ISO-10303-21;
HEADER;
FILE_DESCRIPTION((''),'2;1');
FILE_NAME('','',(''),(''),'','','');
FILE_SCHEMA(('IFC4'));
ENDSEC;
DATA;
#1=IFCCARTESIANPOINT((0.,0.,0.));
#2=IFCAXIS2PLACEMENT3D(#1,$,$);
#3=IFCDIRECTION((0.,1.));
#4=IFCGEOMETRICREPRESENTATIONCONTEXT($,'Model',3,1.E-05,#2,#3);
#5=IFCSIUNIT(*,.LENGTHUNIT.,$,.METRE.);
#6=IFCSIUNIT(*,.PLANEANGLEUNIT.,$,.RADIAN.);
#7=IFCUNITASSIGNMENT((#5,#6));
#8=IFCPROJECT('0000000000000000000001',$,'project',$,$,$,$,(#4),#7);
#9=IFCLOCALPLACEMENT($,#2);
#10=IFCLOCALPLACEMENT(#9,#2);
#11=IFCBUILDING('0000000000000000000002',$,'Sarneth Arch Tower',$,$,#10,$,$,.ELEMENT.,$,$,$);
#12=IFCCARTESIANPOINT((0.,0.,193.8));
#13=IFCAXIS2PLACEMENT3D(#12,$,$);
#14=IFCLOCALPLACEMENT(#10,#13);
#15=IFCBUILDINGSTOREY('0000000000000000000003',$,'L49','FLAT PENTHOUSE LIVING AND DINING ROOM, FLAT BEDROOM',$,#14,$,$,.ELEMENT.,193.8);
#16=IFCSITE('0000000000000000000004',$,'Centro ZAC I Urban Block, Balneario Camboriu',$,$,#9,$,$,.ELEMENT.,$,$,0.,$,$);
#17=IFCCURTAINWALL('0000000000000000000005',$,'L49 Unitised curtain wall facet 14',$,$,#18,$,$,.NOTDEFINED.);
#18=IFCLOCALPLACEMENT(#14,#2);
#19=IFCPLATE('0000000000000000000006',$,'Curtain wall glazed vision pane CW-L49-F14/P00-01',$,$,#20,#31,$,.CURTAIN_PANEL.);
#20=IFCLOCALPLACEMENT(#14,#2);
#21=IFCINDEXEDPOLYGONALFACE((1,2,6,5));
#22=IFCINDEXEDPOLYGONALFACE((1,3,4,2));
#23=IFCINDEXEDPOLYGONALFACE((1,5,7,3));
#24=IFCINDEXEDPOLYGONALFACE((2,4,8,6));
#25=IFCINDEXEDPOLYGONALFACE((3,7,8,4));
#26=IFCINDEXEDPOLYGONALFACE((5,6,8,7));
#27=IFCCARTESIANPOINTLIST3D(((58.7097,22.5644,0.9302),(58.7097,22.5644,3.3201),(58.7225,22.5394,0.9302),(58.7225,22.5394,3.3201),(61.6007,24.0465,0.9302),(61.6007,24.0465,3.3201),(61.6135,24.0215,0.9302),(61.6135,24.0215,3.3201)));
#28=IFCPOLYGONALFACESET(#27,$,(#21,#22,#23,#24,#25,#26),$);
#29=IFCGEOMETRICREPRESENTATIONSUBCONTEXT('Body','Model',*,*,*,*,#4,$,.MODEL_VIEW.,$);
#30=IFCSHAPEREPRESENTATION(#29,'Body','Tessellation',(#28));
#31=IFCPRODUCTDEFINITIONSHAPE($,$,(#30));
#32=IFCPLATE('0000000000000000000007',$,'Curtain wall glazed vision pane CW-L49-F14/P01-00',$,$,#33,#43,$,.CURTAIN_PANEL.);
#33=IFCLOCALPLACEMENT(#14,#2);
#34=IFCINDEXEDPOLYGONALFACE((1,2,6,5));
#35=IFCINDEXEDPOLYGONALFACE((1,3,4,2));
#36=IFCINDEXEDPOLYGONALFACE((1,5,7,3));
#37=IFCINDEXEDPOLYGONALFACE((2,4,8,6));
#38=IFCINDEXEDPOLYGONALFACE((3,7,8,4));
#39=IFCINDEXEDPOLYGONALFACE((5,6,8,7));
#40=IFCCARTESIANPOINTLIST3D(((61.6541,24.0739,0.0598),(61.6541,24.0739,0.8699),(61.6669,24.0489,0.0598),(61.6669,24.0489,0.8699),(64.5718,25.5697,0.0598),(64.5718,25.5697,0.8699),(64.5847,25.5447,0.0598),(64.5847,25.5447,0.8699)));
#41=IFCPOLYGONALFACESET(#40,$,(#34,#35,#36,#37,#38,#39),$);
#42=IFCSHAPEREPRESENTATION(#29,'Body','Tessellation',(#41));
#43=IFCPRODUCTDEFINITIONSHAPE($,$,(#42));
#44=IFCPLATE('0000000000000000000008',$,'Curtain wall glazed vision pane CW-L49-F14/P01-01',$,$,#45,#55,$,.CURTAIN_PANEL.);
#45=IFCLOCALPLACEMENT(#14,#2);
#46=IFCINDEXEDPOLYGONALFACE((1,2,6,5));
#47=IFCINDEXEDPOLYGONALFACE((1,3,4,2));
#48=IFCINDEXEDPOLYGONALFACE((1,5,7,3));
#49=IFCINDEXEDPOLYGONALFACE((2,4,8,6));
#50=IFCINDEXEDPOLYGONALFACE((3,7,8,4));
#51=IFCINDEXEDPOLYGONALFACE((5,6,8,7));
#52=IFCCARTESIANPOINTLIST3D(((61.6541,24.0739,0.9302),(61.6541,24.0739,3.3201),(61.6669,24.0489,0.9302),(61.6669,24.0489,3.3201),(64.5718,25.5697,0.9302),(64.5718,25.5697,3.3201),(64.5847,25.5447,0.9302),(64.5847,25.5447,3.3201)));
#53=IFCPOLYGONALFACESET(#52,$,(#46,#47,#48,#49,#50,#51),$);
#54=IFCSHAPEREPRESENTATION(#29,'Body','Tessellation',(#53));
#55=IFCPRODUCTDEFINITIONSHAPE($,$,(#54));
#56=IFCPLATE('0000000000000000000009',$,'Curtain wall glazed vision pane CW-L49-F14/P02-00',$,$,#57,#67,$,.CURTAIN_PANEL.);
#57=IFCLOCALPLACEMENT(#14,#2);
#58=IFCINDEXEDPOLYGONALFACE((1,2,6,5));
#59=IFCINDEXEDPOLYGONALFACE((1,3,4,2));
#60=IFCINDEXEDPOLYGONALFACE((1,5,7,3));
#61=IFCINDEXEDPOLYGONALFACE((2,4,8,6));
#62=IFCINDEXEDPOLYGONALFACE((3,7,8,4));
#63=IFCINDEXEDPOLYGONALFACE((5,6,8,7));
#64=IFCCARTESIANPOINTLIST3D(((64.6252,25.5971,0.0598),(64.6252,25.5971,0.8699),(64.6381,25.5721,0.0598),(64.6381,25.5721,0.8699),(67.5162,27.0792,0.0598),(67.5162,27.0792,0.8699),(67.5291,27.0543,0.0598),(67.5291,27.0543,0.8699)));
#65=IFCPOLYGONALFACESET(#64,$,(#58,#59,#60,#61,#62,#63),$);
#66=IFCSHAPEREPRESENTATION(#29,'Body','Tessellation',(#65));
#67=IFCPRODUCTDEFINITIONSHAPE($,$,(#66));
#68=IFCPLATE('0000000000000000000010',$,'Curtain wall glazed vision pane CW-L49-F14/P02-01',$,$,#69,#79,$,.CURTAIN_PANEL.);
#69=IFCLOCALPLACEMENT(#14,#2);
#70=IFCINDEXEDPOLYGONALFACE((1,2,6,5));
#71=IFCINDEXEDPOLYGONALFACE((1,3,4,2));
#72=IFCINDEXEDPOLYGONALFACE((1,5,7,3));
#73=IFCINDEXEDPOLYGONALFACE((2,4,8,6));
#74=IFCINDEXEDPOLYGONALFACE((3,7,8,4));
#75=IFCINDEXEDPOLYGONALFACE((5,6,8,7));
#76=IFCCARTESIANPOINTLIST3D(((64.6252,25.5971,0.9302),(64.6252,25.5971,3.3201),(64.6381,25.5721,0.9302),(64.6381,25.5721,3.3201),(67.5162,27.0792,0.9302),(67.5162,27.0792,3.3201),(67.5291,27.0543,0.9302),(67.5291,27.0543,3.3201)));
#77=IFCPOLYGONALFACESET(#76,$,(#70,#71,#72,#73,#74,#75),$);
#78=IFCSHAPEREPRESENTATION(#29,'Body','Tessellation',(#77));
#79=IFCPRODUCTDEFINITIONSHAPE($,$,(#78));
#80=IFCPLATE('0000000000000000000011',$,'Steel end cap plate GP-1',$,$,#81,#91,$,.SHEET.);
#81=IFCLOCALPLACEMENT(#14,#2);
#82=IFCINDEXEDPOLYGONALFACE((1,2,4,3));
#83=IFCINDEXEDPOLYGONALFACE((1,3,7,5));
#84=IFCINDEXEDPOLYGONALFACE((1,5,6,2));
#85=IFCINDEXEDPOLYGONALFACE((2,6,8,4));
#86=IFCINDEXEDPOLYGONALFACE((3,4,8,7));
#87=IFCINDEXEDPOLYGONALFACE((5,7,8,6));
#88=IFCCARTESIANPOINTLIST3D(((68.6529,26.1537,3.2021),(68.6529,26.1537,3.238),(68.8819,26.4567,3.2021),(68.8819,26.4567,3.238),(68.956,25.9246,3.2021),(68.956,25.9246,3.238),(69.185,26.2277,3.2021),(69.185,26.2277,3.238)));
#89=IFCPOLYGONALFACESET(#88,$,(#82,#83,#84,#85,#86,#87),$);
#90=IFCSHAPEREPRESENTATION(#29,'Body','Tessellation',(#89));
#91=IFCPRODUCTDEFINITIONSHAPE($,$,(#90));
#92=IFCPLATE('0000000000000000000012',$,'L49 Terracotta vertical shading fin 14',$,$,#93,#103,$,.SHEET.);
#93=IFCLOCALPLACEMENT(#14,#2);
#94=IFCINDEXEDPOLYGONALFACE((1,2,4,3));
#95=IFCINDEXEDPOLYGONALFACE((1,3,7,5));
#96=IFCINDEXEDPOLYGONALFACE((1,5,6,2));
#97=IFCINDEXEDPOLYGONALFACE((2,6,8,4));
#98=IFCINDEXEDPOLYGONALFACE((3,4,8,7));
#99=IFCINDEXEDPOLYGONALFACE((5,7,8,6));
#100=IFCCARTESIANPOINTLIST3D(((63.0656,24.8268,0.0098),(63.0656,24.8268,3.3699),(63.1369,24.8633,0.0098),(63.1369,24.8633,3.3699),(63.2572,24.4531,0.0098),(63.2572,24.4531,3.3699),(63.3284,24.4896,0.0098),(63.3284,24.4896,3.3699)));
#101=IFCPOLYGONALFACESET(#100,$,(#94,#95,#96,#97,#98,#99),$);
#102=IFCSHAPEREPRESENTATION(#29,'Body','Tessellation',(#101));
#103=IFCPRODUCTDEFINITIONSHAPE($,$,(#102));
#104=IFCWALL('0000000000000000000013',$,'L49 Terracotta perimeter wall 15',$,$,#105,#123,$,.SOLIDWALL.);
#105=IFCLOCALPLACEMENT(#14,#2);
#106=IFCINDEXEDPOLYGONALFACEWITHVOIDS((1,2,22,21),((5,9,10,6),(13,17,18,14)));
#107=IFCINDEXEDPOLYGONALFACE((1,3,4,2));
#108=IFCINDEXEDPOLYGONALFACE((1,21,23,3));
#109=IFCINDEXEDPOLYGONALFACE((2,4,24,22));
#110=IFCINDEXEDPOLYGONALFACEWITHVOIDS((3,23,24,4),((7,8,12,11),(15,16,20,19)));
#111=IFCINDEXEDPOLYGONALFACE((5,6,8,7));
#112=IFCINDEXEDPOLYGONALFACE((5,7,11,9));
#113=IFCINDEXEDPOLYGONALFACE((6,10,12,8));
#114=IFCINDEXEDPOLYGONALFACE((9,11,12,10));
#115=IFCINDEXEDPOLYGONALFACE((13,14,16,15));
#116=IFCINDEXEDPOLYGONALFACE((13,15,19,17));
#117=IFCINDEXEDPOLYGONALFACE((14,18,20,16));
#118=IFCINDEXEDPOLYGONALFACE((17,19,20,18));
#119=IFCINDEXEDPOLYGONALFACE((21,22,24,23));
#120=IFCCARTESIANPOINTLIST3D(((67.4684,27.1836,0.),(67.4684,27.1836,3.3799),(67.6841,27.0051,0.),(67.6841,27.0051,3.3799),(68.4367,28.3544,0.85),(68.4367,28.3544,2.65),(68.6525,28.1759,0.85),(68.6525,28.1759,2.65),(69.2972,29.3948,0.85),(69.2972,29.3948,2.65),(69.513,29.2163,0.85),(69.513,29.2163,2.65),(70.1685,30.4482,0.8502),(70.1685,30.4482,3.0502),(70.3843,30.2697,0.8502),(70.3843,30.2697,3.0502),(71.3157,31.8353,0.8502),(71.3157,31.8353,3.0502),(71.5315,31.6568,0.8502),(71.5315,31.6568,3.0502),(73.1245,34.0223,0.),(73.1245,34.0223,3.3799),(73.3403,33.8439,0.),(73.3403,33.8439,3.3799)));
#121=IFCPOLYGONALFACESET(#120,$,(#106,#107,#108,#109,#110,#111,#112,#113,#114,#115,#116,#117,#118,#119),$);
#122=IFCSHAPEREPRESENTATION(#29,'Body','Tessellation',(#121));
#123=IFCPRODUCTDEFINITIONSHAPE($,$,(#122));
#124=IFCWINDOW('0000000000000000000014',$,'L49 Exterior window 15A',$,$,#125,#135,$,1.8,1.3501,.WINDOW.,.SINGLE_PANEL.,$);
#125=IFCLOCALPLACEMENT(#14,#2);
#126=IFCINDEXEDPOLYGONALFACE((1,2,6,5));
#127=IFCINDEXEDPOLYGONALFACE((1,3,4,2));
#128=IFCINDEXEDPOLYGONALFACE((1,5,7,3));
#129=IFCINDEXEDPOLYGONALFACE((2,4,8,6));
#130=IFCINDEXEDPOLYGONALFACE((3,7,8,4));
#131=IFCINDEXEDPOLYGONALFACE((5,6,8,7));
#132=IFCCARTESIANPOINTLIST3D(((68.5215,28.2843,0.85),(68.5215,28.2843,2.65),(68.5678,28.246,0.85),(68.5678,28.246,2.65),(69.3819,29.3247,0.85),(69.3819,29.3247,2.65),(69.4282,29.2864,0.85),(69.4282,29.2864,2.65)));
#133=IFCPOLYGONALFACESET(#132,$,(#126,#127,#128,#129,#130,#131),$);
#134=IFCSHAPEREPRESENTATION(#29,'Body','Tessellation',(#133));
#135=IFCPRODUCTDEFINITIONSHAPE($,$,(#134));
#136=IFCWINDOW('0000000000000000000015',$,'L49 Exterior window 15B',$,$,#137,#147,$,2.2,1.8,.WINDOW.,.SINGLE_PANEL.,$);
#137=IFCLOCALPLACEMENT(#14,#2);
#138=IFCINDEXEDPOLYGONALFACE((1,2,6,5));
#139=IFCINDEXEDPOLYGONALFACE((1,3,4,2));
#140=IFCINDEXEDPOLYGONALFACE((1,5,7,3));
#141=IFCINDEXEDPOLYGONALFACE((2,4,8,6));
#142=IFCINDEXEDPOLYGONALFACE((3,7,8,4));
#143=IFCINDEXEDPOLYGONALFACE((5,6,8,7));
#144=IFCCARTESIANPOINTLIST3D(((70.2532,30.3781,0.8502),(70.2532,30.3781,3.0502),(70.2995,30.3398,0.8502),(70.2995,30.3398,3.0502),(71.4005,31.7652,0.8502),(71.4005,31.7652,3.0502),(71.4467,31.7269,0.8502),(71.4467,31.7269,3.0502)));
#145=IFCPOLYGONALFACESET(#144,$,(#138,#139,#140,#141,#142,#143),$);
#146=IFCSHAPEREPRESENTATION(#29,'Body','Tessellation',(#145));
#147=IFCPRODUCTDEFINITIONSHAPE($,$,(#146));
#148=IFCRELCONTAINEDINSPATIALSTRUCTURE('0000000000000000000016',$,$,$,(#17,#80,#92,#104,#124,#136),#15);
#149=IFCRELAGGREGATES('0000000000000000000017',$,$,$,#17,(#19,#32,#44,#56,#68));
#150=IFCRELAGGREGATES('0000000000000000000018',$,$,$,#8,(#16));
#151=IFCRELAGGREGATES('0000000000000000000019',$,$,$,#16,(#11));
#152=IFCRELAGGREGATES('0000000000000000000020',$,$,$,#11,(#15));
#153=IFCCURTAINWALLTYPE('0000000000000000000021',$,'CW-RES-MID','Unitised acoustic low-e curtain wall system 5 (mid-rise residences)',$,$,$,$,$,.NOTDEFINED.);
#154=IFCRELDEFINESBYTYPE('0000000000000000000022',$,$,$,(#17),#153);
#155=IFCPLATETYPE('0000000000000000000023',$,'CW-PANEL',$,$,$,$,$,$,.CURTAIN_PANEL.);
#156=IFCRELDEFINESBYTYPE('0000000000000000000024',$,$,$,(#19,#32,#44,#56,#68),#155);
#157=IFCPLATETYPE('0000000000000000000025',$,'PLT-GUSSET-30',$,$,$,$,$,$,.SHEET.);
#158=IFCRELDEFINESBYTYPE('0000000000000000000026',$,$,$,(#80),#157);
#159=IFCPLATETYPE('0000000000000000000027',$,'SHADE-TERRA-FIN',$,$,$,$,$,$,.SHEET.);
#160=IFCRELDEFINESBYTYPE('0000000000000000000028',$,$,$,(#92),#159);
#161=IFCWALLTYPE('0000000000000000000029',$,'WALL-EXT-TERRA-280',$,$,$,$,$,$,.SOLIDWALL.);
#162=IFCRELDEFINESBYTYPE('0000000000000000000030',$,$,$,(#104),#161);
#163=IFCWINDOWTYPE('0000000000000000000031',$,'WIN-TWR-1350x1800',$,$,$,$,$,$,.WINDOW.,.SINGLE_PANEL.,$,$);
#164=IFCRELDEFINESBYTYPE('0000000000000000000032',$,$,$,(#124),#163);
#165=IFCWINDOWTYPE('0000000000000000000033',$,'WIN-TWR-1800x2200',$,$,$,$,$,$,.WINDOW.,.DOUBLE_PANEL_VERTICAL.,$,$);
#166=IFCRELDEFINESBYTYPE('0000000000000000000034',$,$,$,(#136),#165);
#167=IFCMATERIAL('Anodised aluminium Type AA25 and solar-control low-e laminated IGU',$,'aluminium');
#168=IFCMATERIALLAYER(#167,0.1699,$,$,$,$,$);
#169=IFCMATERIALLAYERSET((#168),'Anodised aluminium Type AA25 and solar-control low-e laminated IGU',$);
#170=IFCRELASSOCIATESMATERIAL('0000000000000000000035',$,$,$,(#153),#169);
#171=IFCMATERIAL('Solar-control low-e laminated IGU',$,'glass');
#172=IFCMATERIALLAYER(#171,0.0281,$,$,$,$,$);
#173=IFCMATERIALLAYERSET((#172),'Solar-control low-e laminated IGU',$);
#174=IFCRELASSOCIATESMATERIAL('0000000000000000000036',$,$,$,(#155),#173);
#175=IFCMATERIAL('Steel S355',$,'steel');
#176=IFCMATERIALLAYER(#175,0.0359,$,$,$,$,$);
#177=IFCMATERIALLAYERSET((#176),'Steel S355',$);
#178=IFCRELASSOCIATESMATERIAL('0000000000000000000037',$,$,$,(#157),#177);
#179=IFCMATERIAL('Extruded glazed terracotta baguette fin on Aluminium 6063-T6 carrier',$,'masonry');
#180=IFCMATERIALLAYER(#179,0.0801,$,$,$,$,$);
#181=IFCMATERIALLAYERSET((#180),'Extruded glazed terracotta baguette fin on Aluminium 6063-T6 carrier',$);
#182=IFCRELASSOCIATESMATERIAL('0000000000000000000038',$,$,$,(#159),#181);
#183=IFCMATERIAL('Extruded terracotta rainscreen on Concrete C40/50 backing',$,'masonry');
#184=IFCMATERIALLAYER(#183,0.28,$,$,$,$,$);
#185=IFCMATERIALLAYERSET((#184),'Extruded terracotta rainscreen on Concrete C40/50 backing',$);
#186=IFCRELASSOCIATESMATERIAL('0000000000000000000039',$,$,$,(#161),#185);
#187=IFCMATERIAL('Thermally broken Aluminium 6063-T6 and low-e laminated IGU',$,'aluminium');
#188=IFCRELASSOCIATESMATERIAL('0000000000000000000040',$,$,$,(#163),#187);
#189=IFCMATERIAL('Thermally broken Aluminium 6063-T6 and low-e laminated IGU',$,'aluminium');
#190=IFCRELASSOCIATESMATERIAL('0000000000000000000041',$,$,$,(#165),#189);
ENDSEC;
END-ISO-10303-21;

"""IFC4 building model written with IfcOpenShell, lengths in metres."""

from ifc_helpers import new_model, si_unit, direction, frame, frame_2d, origin, origin_2d, place, context, subcontext, project, spatial, rectangle, extrude, material, layer, layer_set, type_object, element, fill, aggregate, save


model = new_model("IFC4")

# Units and contexts
model_context = context("Model", 3, precision=1e-05, world=origin(), true_north=direction((0.0, 1.0)))
body_context = subcontext(model_context, "Body", "Model", "MODEL_VIEW")
ifc_project = project(units=[si_unit("LENGTHUNIT", "METRE"), si_unit("PLANEANGLEUNIT", "RADIAN")], contexts=[model_context])

# Site, building, storey
site_placement = place(None, origin())
site = spatial("IfcSite", under=ifc_project, at=site_placement, Name="Centro ZAC I Urban Block, Balneario Camboriu", CompositionType="ELEMENT", RefElevation=0.0)
building_placement = place(site_placement, origin())
building = spatial("IfcBuilding", under=site, at=building_placement, Name="Sarneth Arch Tower", CompositionType="ELEMENT")
storey_placement = place(building_placement, frame((0.0, 0.0, 193.8)))
storey = spatial("IfcBuildingStorey", under=building, at=storey_placement, Name="L49", Description="FLAT PENTHOUSE LIVING AND DINING ROOM, FLAT BEDROOM", CompositionType="ELEMENT", Elevation=193.8)

# Curtain wall
ifc_material_1 = material(Name="Anodised aluminium Type AA25 and solar-control low-e laminated IGU", Category="aluminium")
ifc_layer_1 = layer(ifc_material_1, 0.1699)
ifc_layer_set_1 = layer_set([ifc_layer_1], Name="Anodised aluminium Type AA25 and solar-control low-e laminated IGU")
curtain_wall_type = type_object("IfcCurtainWallType", Name="CW-RES-MID", Description="Unitised acoustic low-e curtain wall system 5 (mid-rise residences)", PredefinedType="NOTDEFINED", material=ifc_layer_set_1)
curtain_wall_placement = place(storey_placement, origin())
curtain_wall = element("IfcCurtainWall", 1, at=curtain_wall_placement, inside=storey, type_object=curtain_wall_type, Name="L49 Unitised curtain wall facet 14", PredefinedType="NOTDEFINED")

# Plates
ifc_material_2 = material(Name="Solar-control low-e laminated IGU", Category="glass")
ifc_layer_2 = layer(ifc_material_2, 0.0281)
ifc_layer_set_2 = layer_set([ifc_layer_2], Name="Solar-control low-e laminated IGU")
plate_type_1 = type_object("IfcPlateType", Name="CW-PANEL", PredefinedType="CURTAIN_PANEL", material=ifc_layer_set_2)
plate_1_placement = place(storey_placement, frame((60.1616, 23.293, 0.9302), z_axis=(0.0, 0.0, 1.0), x_axis=(0.889873, 0.456208, 0.0)))
plate_1 = element("IfcPlate", 2, at=plate_1_placement, type_object=plate_type_1, Name="Curtain wall glazed vision pane CW-L49-F14/P00-01", PredefinedType="CURTAIN_PANEL", context=body_context, shape_type="SweptSolid", body=[
    extrude(rectangle(XDim=3.2488, YDim=0.0281, at=origin_2d()), origin(), (0.0, 0.0, 1.0), 2.3899),
])
plate_2_placement = place(storey_placement, frame((63.1194, 24.8093, 0.0598), z_axis=(0.0, 0.0, 1.0), x_axis=(0.889873, 0.456208, 0.0)))
plate_2 = element("IfcPlate", 3, at=plate_2_placement, type_object=plate_type_1, Name="Curtain wall glazed vision pane CW-L49-F14/P01-00", PredefinedType="CURTAIN_PANEL", context=body_context, shape_type="SweptSolid", body=[
    extrude(rectangle(XDim=3.2788, YDim=0.0281, at=origin_2d()), origin(), (0.0, 0.0, 1.0), 0.8101),
])
plate_3_placement = place(storey_placement, frame((63.1194, 24.8093, 0.9302), z_axis=(0.0, 0.0, 1.0), x_axis=(0.889873, 0.456208, 0.0)))
plate_3 = element("IfcPlate", 4, at=plate_3_placement, type_object=plate_type_1, Name="Curtain wall glazed vision pane CW-L49-F14/P01-01", PredefinedType="CURTAIN_PANEL", context=body_context, shape_type="SweptSolid", body=[
    extrude(rectangle(XDim=3.2788, YDim=0.0281, at=origin_2d()), origin(), (0.0, 0.0, 1.0), 2.3899),
])
plate_4_placement = place(storey_placement, frame((66.0771, 26.3257, 0.0598), z_axis=(0.0, 0.0, 1.0), x_axis=(0.889873, 0.456208, 0.0)))
plate_4 = element("IfcPlate", 5, at=plate_4_placement, type_object=plate_type_1, Name="Curtain wall glazed vision pane CW-L49-F14/P02-00", PredefinedType="CURTAIN_PANEL", context=body_context, shape_type="SweptSolid", body=[
    extrude(rectangle(XDim=3.2488, YDim=0.0281, at=origin_2d()), origin(), (0.0, 0.0, 1.0), 0.8101),
])
plate_5_placement = place(storey_placement, frame((66.0771, 26.3257, 0.9302), z_axis=(0.0, 0.0, 1.0), x_axis=(0.889873, 0.456208, 0.0)))
plate_5 = element("IfcPlate", 6, at=plate_5_placement, type_object=plate_type_1, Name="Curtain wall glazed vision pane CW-L49-F14/P02-01", PredefinedType="CURTAIN_PANEL", context=body_context, shape_type="SweptSolid", body=[
    extrude(rectangle(XDim=3.2488, YDim=0.0281, at=origin_2d()), origin(), (0.0, 0.0, 1.0), 2.3899),
])
aggregate(curtain_wall, [plate_1, plate_2, plate_3, plate_4, plate_5])

# Plates
ifc_material_3 = material(Name="Steel S355", Category="steel")
ifc_layer_3 = layer(ifc_material_3, 0.0359)
ifc_layer_set_3 = layer_set([ifc_layer_3], Name="Steel S355")
plate_type_2 = type_object("IfcPlateType", Name="PLT-GUSSET-30", PredefinedType="SHEET", material=ifc_layer_set_3)
plate_6_placement = place(storey_placement, frame((68.9189, 26.1907, 3.2021), z_axis=(0.0, 0.0, 1.0), x_axis=(0.797794, -0.60293, 0.0)))
element("IfcPlate", 7, at=plate_6_placement, inside=storey, type_object=plate_type_2, Name="Steel end cap plate GP-1", PredefinedType="SHEET", context=body_context, shape_type="SweptSolid", body=[
    extrude(rectangle(XDim=0.3799, YDim=0.3799, at=origin_2d()), origin(), (0.0, 0.0, 1.0), 0.0359),
])
ifc_material_4 = material(Name="Extruded glazed terracotta baguette fin on Aluminium 6063-T6 carrier", Category="masonry")
ifc_layer_4 = layer(ifc_material_4, 0.0801)
ifc_layer_set_4 = layer_set([ifc_layer_4], Name="Extruded glazed terracotta baguette fin on Aluminium 6063-T6 carrier")
plate_type_3 = type_object("IfcPlateType", Name="SHADE-TERRA-FIN", PredefinedType="SHEET", material=ifc_layer_set_4)
plate_7_placement = place(storey_placement, frame((63.197, 24.6582, 0.0098), z_axis=(0.0, 0.0, 1.0), x_axis=(0.456166, -0.889895, 0.0)))
element("IfcPlate", 8, at=plate_7_placement, inside=storey, type_object=plate_type_3, Name="L49 Terracotta vertical shading fin 14", PredefinedType="SHEET", context=body_context, shape_type="SweptSolid", body=[
    extrude(rectangle(XDim=0.4199, YDim=0.0801, at=origin_2d()), origin(), (0.0, 0.0, 1.0), 3.3601),
])

# Wall, openings, windows
ifc_material_5 = material(Name="Extruded terracotta rainscreen on Concrete C40/50 backing", Category="masonry")
ifc_layer_5 = layer(ifc_material_5, 0.28)
ifc_layer_set_5 = layer_set([ifc_layer_5], Name="Extruded terracotta rainscreen on Concrete C40/50 backing")
wall_type = type_object("IfcWallType", Name="WALL-EXT-TERRA-280", PredefinedType="SOLIDWALL", material=ifc_layer_set_5)
wall_placement = place(storey_placement, frame((67.5762, 27.0942, 0.0), z_axis=(0.0, 0.0, 1.0), x_axis=(0.637333, 0.770588, 0.0)))
wall = element("IfcWall", 9, at=wall_placement, inside=storey, type_object=wall_type, Name="L49 Terracotta perimeter wall 15", PredefinedType="SOLIDWALL", context=body_context, shape_type="SweptSolid", body=[
    extrude(rectangle(XDim=8.8748, YDim=0.28, at=frame_2d((4.4375, 0.0))), origin(), (0.0, 0.0, 1.0), 3.3799),
])
opening_1_placement = place(wall_placement, frame((1.5195, 0.0, 0.8501)))
opening_1 = element("IfcOpeningElement", 10, at=opening_1_placement, cuts=wall, PredefinedType="OPENING", context=body_context, shape_type="SweptSolid", body=[
    extrude(rectangle(XDim=1.3501, YDim=1.8, at=frame_2d((0.675, 0.8999))), frame((0.0, 0.1499, 0.0), z_axis=(0.0, -1.0, 0.0), x_axis=(1.0, 0.0, 0.0)), (0.0, 0.0, 1.0), 0.3),
])
opening_2_placement = place(wall_placement, frame((4.2368, 0.0, 0.8501)))
opening_2 = element("IfcOpeningElement", 11, at=opening_2_placement, cuts=wall, PredefinedType="OPENING", context=body_context, shape_type="SweptSolid", body=[
    extrude(rectangle(XDim=1.8, YDim=2.2, at=frame_2d((0.8999, 1.1001))), frame((0.0, 0.1499, 0.0), z_axis=(0.0, -1.0, 0.0), x_axis=(1.0, 0.0, 0.0)), (0.0, 0.0, 1.0), 0.3),
])
ifc_material_6 = material(Name="Thermally broken Aluminium 6063-T6 and low-e laminated IGU", Category="aluminium")
window_type_1 = type_object("IfcWindowType", Name="WIN-TWR-1350x1800", PartitioningType="SINGLE_PANEL", PredefinedType="WINDOW", material=ifc_material_6)
window_1_placement = place(opening_1_placement, origin())
window_1 = element("IfcWindow", 12, at=window_1_placement, inside=storey, type_object=window_type_1, Name="L49 Exterior window 15A", OverallHeight=1.8, OverallWidth=1.3501, PartitioningType="SINGLE_PANEL", PredefinedType="WINDOW", context=body_context, shape_type="SweptSolid", body=[
    extrude(rectangle(XDim=1.3501, YDim=1.8, at=frame_2d((0.675, 0.8999))), frame((0.0, 0.03, 0.0), z_axis=(0.0, -1.0, 0.0), x_axis=(1.0, 0.0, 0.0)), (0.0, 0.0, 1.0), 0.0601),
])
fill(opening_1, window_1)
ifc_material_7 = material(Name="Thermally broken Aluminium 6063-T6 and low-e laminated IGU", Category="aluminium")
window_type_2 = type_object("IfcWindowType", Name="WIN-TWR-1800x2200", PartitioningType="DOUBLE_PANEL_VERTICAL", PredefinedType="WINDOW", material=ifc_material_7)
window_2_placement = place(opening_2_placement, origin())
window_2 = element("IfcWindow", 13, at=window_2_placement, inside=storey, type_object=window_type_2, Name="L49 Exterior window 15B", OverallHeight=2.2, OverallWidth=1.8, PartitioningType="SINGLE_PANEL", PredefinedType="WINDOW", context=body_context, shape_type="SweptSolid", body=[
    extrude(rectangle(XDim=1.8, YDim=2.2, at=frame_2d((0.8999, 1.1001))), frame((0.0, 0.03, 0.0), z_axis=(0.0, -1.0, 0.0), x_axis=(1.0, 0.0, 0.0)), (0.0, 0.0, 1.0), 0.0601),
])
fill(opening_2, window_2)

save(model, "model.ifc")
